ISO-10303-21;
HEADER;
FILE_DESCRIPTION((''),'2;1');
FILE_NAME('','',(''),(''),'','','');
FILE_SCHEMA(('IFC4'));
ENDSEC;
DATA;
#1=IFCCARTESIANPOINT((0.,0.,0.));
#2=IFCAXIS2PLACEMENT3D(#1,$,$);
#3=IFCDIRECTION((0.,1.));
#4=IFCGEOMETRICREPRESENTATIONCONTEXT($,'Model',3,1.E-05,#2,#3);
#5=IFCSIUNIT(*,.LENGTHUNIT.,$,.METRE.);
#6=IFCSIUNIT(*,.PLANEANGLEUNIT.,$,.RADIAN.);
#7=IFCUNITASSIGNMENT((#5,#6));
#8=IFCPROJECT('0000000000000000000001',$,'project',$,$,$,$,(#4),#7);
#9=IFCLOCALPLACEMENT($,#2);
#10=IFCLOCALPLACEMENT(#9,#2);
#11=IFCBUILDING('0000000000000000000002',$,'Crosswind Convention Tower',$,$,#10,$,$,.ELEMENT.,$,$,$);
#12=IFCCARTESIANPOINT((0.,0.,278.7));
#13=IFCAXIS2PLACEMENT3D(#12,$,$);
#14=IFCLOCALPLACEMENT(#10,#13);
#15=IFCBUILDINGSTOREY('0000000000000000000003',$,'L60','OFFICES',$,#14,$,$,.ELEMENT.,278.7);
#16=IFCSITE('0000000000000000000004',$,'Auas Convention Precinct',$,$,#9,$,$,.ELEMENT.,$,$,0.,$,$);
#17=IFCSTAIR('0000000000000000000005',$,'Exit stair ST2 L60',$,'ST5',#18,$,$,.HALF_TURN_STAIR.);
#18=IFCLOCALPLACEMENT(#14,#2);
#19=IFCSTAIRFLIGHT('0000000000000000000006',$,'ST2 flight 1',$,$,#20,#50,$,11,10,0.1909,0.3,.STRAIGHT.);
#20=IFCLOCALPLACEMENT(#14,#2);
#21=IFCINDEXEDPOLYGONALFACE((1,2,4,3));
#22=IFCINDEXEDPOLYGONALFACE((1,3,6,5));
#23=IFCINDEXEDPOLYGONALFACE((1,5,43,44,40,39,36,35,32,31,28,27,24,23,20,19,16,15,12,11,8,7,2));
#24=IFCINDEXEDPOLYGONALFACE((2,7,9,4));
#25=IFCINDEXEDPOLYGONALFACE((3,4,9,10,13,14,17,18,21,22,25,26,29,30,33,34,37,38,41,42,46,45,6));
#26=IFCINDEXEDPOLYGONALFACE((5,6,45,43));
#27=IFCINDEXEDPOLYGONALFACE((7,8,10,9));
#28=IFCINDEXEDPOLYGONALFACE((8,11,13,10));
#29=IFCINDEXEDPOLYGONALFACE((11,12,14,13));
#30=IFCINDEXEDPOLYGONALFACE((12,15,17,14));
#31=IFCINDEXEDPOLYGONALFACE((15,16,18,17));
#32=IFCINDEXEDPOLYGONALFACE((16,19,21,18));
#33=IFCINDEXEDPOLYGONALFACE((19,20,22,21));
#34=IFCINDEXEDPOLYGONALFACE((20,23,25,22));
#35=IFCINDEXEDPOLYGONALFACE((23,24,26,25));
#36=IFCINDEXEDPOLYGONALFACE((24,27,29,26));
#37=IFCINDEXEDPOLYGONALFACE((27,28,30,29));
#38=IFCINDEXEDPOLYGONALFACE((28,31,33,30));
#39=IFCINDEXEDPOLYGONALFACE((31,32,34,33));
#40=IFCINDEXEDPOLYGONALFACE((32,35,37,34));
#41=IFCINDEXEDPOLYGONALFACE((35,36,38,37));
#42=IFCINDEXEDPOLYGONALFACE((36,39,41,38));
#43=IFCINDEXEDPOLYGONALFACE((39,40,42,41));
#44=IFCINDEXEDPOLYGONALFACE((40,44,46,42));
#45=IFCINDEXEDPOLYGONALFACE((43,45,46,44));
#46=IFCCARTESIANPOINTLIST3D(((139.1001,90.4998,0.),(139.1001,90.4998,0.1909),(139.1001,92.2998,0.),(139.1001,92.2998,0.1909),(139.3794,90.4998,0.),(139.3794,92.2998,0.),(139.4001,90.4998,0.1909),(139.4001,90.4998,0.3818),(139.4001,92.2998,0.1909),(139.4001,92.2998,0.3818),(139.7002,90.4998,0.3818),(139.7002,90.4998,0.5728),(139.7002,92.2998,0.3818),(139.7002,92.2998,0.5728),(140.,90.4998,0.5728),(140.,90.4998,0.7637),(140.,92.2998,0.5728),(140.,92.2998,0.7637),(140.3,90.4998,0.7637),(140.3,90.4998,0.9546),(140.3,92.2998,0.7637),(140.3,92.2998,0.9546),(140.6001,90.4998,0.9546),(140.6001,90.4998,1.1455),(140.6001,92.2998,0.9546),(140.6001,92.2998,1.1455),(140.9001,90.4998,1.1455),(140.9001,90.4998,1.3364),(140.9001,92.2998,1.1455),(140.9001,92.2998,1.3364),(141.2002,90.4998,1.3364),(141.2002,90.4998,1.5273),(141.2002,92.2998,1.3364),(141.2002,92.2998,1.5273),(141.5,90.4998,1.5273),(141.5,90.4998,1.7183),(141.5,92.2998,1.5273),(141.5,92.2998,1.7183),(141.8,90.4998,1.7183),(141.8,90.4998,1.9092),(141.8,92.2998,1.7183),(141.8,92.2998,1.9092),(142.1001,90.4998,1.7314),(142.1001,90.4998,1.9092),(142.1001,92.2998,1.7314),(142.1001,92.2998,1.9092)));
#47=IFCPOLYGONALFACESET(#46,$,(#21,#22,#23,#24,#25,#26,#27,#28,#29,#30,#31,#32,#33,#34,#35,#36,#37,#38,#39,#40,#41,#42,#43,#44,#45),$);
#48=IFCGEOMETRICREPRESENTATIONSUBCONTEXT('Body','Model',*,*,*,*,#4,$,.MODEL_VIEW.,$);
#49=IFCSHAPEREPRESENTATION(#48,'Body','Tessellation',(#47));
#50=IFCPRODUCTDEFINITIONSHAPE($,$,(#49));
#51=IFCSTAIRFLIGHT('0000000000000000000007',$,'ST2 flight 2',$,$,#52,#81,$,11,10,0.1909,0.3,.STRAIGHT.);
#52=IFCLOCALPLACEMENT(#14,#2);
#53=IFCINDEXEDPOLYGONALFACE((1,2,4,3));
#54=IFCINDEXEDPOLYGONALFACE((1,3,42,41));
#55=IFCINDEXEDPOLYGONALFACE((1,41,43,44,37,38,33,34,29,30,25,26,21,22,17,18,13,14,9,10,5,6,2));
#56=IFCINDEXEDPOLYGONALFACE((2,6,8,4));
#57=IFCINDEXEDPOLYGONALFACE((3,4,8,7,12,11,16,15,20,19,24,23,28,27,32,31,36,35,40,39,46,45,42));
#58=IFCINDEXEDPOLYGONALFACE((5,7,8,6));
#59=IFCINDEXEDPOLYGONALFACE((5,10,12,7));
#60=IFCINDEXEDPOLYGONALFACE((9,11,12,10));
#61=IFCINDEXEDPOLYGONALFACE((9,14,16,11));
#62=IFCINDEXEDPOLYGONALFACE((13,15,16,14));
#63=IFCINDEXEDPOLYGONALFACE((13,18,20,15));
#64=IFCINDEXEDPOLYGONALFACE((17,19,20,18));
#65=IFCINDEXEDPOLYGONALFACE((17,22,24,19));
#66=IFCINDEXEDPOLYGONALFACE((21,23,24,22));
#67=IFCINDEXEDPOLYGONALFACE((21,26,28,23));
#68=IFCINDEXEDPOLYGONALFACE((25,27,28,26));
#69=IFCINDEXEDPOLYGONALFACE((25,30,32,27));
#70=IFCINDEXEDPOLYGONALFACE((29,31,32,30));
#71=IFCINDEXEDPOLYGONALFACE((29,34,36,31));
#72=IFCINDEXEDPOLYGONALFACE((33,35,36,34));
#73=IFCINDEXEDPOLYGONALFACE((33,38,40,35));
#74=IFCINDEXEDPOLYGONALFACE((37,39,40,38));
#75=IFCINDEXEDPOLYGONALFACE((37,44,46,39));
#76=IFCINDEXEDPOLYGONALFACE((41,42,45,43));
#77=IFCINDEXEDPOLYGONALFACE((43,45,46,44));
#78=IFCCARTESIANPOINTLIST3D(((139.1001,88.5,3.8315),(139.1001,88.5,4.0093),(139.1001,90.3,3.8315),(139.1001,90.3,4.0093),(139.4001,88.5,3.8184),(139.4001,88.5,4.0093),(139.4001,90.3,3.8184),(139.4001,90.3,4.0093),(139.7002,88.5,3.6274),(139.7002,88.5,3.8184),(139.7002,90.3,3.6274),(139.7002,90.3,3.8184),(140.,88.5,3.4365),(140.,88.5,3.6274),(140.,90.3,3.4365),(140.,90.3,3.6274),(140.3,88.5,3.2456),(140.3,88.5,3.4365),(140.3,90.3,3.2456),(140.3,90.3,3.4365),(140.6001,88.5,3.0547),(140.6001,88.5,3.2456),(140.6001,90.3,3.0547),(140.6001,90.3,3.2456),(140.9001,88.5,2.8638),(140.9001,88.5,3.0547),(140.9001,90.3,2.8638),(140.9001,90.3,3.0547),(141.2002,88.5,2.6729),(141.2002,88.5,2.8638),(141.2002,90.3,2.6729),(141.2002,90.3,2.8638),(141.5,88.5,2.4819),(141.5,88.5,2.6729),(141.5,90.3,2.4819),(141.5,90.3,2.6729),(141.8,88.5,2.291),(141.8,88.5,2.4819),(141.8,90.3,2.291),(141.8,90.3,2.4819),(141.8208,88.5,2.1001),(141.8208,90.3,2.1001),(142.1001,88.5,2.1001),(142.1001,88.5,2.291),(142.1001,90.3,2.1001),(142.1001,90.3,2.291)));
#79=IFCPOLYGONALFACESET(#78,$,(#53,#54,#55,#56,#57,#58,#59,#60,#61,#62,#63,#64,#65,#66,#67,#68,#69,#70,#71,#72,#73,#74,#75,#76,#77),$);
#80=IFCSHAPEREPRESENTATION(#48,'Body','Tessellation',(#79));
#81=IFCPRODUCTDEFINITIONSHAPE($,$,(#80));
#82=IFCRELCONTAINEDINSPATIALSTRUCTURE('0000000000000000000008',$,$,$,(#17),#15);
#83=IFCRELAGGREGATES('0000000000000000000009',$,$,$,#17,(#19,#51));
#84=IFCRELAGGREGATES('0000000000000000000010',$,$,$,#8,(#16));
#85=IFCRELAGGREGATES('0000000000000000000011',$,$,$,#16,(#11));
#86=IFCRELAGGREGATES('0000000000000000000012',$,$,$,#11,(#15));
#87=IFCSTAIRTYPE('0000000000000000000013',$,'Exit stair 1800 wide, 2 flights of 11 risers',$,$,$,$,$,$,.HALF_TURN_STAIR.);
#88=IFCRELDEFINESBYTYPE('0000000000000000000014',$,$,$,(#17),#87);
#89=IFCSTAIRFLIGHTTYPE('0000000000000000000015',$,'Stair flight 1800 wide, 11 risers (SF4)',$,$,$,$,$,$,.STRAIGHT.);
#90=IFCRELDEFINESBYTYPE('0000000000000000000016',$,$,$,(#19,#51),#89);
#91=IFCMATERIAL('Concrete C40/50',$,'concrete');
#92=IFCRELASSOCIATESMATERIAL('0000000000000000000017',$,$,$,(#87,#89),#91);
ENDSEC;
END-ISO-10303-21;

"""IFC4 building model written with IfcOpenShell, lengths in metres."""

from ifc_helpers import new_model, si_unit, direction, frame, origin, place, context, subcontext, project, spatial, polyline, outline, extrude, material, type_object, element, aggregate, save


model = new_model("IFC4")

# Units and contexts
model_context = context("Model", 3, precision=1e-05, world=origin(), true_north=direction((0.0, 1.0)))
body_context = subcontext(model_context, "Body", "Model", "MODEL_VIEW")
ifc_project = project(units=[si_unit("LENGTHUNIT", "METRE"), si_unit("PLANEANGLEUNIT", "RADIAN")], contexts=[model_context])

# Site, building, storey
site_placement = place(None, origin())
site = spatial("IfcSite", under=ifc_project, at=site_placement, Name="Auas Convention Precinct", CompositionType="ELEMENT", RefElevation=0.0)
building_placement = place(site_placement, origin())
building = spatial("IfcBuilding", under=site, at=building_placement, Name="Crosswind Convention Tower", CompositionType="ELEMENT")
storey_placement = place(building_placement, frame((0.0, 0.0, 278.7)))
storey = spatial("IfcBuildingStorey", under=building, at=storey_placement, Name="L60", Description="OFFICES", CompositionType="ELEMENT", Elevation=278.7)

# Stair, stair flights
ifc_material_1 = material(Name="Concrete C40/50", Category="concrete")
stair_type = type_object("IfcStairType", Name="Exit stair 1800 wide, 2 flights of 11 risers", PredefinedType="HALF_TURN_STAIR", material=ifc_material_1)
stair_placement = place(storey_placement, origin())
stair = element("IfcStair", 1, at=stair_placement, inside=storey, type_object=stair_type, Name="Exit stair ST2 L60", ObjectType="ST5", PredefinedType="HALF_TURN_STAIR")
stair_flight_type = type_object("IfcStairFlightType", Name="Stair flight 1800 wide, 11 risers (SF4)", PredefinedType="STRAIGHT", material=ifc_material_1)
stair_flight_1_placement = place(storey_placement, frame((139.1001, 91.3999, 0.0), z_axis=(0.0, 0.0, 1.0), x_axis=(1.0, 0.0, 0.0)))
stair_flight_1 = element("IfcStairFlight", 2, at=stair_flight_1_placement, type_object=stair_flight_type, Name="ST2 flight 1", NumberOfRisers=11, NumberOfTreads=10, PredefinedType="STRAIGHT", RiserHeight=0.1909, TreadLength=0.3, context=body_context, shape_type="SweptSolid", body=[
    extrude(outline(polyline([(0.0, 0.0), (0.0, 0.1909), (0.3, 0.1909), (0.3, 0.3818), (0.6001, 0.3818), (0.6001, 0.5728), (0.8999, 0.5728), (0.8999, 0.7637), (1.2, 0.7637), (1.2, 0.9546), (1.5, 0.9546), (1.5, 1.1455), (1.8, 1.1455), (1.8, 1.3364), (2.1001, 1.3364), (2.1001, 1.5273), (2.3999, 1.5273), (2.3999, 1.7183), (2.7, 1.7183), (2.7, 1.9092), (3.0, 1.9092), (3.0, 2.1001), (3.0, 1.7314), (0.2793, 0.0), (0.0, 0.0)])), frame((0.0, 0.8999, 0.0), z_axis=(0.0, -1.0, 0.0), x_axis=(1.0, 0.0, 0.0)), (0.0, 0.0, 1.0), 1.8),
])
stair_flight_2_placement = place(storey_placement, frame((142.1001, 89.3999, 2.1001), z_axis=(0.0, 0.0, 1.0), x_axis=(-1.0, 0.0, 0.0)))
stair_flight_2 = element("IfcStairFlight", 3, at=stair_flight_2_placement, type_object=stair_flight_type, Name="ST2 flight 2", NumberOfRisers=11, NumberOfTreads=10, PredefinedType="STRAIGHT", RiserHeight=0.1909, TreadLength=0.3, context=body_context, shape_type="SweptSolid", body=[
    extrude(outline(polyline([(0.0, 0.0), (0.0, 0.1909), (0.3, 0.1909), (0.3, 0.3818), (0.6001, 0.3818), (0.6001, 0.5728), (0.8999, 0.5728), (0.8999, 0.7637), (1.2, 0.7637), (1.2, 0.9546), (1.5, 0.9546), (1.5, 1.1455), (1.8, 1.1455), (1.8, 1.3364), (2.1001, 1.3364), (2.1001, 1.5273), (2.3999, 1.5273), (2.3999, 1.7183), (2.7, 1.7183), (2.7, 1.9092), (3.0, 1.9092), (3.0, 2.1001), (3.0, 1.7314), (0.2793, 0.0), (0.0, 0.0)])), frame((0.0, 0.8999, 0.0), z_axis=(0.0, -1.0, 0.0), x_axis=(1.0, 0.0, 0.0)), (0.0, 0.0, 1.0), 1.8),
])
aggregate(stair, [stair_flight_1, stair_flight_2])

save(model, "model.ifc")
